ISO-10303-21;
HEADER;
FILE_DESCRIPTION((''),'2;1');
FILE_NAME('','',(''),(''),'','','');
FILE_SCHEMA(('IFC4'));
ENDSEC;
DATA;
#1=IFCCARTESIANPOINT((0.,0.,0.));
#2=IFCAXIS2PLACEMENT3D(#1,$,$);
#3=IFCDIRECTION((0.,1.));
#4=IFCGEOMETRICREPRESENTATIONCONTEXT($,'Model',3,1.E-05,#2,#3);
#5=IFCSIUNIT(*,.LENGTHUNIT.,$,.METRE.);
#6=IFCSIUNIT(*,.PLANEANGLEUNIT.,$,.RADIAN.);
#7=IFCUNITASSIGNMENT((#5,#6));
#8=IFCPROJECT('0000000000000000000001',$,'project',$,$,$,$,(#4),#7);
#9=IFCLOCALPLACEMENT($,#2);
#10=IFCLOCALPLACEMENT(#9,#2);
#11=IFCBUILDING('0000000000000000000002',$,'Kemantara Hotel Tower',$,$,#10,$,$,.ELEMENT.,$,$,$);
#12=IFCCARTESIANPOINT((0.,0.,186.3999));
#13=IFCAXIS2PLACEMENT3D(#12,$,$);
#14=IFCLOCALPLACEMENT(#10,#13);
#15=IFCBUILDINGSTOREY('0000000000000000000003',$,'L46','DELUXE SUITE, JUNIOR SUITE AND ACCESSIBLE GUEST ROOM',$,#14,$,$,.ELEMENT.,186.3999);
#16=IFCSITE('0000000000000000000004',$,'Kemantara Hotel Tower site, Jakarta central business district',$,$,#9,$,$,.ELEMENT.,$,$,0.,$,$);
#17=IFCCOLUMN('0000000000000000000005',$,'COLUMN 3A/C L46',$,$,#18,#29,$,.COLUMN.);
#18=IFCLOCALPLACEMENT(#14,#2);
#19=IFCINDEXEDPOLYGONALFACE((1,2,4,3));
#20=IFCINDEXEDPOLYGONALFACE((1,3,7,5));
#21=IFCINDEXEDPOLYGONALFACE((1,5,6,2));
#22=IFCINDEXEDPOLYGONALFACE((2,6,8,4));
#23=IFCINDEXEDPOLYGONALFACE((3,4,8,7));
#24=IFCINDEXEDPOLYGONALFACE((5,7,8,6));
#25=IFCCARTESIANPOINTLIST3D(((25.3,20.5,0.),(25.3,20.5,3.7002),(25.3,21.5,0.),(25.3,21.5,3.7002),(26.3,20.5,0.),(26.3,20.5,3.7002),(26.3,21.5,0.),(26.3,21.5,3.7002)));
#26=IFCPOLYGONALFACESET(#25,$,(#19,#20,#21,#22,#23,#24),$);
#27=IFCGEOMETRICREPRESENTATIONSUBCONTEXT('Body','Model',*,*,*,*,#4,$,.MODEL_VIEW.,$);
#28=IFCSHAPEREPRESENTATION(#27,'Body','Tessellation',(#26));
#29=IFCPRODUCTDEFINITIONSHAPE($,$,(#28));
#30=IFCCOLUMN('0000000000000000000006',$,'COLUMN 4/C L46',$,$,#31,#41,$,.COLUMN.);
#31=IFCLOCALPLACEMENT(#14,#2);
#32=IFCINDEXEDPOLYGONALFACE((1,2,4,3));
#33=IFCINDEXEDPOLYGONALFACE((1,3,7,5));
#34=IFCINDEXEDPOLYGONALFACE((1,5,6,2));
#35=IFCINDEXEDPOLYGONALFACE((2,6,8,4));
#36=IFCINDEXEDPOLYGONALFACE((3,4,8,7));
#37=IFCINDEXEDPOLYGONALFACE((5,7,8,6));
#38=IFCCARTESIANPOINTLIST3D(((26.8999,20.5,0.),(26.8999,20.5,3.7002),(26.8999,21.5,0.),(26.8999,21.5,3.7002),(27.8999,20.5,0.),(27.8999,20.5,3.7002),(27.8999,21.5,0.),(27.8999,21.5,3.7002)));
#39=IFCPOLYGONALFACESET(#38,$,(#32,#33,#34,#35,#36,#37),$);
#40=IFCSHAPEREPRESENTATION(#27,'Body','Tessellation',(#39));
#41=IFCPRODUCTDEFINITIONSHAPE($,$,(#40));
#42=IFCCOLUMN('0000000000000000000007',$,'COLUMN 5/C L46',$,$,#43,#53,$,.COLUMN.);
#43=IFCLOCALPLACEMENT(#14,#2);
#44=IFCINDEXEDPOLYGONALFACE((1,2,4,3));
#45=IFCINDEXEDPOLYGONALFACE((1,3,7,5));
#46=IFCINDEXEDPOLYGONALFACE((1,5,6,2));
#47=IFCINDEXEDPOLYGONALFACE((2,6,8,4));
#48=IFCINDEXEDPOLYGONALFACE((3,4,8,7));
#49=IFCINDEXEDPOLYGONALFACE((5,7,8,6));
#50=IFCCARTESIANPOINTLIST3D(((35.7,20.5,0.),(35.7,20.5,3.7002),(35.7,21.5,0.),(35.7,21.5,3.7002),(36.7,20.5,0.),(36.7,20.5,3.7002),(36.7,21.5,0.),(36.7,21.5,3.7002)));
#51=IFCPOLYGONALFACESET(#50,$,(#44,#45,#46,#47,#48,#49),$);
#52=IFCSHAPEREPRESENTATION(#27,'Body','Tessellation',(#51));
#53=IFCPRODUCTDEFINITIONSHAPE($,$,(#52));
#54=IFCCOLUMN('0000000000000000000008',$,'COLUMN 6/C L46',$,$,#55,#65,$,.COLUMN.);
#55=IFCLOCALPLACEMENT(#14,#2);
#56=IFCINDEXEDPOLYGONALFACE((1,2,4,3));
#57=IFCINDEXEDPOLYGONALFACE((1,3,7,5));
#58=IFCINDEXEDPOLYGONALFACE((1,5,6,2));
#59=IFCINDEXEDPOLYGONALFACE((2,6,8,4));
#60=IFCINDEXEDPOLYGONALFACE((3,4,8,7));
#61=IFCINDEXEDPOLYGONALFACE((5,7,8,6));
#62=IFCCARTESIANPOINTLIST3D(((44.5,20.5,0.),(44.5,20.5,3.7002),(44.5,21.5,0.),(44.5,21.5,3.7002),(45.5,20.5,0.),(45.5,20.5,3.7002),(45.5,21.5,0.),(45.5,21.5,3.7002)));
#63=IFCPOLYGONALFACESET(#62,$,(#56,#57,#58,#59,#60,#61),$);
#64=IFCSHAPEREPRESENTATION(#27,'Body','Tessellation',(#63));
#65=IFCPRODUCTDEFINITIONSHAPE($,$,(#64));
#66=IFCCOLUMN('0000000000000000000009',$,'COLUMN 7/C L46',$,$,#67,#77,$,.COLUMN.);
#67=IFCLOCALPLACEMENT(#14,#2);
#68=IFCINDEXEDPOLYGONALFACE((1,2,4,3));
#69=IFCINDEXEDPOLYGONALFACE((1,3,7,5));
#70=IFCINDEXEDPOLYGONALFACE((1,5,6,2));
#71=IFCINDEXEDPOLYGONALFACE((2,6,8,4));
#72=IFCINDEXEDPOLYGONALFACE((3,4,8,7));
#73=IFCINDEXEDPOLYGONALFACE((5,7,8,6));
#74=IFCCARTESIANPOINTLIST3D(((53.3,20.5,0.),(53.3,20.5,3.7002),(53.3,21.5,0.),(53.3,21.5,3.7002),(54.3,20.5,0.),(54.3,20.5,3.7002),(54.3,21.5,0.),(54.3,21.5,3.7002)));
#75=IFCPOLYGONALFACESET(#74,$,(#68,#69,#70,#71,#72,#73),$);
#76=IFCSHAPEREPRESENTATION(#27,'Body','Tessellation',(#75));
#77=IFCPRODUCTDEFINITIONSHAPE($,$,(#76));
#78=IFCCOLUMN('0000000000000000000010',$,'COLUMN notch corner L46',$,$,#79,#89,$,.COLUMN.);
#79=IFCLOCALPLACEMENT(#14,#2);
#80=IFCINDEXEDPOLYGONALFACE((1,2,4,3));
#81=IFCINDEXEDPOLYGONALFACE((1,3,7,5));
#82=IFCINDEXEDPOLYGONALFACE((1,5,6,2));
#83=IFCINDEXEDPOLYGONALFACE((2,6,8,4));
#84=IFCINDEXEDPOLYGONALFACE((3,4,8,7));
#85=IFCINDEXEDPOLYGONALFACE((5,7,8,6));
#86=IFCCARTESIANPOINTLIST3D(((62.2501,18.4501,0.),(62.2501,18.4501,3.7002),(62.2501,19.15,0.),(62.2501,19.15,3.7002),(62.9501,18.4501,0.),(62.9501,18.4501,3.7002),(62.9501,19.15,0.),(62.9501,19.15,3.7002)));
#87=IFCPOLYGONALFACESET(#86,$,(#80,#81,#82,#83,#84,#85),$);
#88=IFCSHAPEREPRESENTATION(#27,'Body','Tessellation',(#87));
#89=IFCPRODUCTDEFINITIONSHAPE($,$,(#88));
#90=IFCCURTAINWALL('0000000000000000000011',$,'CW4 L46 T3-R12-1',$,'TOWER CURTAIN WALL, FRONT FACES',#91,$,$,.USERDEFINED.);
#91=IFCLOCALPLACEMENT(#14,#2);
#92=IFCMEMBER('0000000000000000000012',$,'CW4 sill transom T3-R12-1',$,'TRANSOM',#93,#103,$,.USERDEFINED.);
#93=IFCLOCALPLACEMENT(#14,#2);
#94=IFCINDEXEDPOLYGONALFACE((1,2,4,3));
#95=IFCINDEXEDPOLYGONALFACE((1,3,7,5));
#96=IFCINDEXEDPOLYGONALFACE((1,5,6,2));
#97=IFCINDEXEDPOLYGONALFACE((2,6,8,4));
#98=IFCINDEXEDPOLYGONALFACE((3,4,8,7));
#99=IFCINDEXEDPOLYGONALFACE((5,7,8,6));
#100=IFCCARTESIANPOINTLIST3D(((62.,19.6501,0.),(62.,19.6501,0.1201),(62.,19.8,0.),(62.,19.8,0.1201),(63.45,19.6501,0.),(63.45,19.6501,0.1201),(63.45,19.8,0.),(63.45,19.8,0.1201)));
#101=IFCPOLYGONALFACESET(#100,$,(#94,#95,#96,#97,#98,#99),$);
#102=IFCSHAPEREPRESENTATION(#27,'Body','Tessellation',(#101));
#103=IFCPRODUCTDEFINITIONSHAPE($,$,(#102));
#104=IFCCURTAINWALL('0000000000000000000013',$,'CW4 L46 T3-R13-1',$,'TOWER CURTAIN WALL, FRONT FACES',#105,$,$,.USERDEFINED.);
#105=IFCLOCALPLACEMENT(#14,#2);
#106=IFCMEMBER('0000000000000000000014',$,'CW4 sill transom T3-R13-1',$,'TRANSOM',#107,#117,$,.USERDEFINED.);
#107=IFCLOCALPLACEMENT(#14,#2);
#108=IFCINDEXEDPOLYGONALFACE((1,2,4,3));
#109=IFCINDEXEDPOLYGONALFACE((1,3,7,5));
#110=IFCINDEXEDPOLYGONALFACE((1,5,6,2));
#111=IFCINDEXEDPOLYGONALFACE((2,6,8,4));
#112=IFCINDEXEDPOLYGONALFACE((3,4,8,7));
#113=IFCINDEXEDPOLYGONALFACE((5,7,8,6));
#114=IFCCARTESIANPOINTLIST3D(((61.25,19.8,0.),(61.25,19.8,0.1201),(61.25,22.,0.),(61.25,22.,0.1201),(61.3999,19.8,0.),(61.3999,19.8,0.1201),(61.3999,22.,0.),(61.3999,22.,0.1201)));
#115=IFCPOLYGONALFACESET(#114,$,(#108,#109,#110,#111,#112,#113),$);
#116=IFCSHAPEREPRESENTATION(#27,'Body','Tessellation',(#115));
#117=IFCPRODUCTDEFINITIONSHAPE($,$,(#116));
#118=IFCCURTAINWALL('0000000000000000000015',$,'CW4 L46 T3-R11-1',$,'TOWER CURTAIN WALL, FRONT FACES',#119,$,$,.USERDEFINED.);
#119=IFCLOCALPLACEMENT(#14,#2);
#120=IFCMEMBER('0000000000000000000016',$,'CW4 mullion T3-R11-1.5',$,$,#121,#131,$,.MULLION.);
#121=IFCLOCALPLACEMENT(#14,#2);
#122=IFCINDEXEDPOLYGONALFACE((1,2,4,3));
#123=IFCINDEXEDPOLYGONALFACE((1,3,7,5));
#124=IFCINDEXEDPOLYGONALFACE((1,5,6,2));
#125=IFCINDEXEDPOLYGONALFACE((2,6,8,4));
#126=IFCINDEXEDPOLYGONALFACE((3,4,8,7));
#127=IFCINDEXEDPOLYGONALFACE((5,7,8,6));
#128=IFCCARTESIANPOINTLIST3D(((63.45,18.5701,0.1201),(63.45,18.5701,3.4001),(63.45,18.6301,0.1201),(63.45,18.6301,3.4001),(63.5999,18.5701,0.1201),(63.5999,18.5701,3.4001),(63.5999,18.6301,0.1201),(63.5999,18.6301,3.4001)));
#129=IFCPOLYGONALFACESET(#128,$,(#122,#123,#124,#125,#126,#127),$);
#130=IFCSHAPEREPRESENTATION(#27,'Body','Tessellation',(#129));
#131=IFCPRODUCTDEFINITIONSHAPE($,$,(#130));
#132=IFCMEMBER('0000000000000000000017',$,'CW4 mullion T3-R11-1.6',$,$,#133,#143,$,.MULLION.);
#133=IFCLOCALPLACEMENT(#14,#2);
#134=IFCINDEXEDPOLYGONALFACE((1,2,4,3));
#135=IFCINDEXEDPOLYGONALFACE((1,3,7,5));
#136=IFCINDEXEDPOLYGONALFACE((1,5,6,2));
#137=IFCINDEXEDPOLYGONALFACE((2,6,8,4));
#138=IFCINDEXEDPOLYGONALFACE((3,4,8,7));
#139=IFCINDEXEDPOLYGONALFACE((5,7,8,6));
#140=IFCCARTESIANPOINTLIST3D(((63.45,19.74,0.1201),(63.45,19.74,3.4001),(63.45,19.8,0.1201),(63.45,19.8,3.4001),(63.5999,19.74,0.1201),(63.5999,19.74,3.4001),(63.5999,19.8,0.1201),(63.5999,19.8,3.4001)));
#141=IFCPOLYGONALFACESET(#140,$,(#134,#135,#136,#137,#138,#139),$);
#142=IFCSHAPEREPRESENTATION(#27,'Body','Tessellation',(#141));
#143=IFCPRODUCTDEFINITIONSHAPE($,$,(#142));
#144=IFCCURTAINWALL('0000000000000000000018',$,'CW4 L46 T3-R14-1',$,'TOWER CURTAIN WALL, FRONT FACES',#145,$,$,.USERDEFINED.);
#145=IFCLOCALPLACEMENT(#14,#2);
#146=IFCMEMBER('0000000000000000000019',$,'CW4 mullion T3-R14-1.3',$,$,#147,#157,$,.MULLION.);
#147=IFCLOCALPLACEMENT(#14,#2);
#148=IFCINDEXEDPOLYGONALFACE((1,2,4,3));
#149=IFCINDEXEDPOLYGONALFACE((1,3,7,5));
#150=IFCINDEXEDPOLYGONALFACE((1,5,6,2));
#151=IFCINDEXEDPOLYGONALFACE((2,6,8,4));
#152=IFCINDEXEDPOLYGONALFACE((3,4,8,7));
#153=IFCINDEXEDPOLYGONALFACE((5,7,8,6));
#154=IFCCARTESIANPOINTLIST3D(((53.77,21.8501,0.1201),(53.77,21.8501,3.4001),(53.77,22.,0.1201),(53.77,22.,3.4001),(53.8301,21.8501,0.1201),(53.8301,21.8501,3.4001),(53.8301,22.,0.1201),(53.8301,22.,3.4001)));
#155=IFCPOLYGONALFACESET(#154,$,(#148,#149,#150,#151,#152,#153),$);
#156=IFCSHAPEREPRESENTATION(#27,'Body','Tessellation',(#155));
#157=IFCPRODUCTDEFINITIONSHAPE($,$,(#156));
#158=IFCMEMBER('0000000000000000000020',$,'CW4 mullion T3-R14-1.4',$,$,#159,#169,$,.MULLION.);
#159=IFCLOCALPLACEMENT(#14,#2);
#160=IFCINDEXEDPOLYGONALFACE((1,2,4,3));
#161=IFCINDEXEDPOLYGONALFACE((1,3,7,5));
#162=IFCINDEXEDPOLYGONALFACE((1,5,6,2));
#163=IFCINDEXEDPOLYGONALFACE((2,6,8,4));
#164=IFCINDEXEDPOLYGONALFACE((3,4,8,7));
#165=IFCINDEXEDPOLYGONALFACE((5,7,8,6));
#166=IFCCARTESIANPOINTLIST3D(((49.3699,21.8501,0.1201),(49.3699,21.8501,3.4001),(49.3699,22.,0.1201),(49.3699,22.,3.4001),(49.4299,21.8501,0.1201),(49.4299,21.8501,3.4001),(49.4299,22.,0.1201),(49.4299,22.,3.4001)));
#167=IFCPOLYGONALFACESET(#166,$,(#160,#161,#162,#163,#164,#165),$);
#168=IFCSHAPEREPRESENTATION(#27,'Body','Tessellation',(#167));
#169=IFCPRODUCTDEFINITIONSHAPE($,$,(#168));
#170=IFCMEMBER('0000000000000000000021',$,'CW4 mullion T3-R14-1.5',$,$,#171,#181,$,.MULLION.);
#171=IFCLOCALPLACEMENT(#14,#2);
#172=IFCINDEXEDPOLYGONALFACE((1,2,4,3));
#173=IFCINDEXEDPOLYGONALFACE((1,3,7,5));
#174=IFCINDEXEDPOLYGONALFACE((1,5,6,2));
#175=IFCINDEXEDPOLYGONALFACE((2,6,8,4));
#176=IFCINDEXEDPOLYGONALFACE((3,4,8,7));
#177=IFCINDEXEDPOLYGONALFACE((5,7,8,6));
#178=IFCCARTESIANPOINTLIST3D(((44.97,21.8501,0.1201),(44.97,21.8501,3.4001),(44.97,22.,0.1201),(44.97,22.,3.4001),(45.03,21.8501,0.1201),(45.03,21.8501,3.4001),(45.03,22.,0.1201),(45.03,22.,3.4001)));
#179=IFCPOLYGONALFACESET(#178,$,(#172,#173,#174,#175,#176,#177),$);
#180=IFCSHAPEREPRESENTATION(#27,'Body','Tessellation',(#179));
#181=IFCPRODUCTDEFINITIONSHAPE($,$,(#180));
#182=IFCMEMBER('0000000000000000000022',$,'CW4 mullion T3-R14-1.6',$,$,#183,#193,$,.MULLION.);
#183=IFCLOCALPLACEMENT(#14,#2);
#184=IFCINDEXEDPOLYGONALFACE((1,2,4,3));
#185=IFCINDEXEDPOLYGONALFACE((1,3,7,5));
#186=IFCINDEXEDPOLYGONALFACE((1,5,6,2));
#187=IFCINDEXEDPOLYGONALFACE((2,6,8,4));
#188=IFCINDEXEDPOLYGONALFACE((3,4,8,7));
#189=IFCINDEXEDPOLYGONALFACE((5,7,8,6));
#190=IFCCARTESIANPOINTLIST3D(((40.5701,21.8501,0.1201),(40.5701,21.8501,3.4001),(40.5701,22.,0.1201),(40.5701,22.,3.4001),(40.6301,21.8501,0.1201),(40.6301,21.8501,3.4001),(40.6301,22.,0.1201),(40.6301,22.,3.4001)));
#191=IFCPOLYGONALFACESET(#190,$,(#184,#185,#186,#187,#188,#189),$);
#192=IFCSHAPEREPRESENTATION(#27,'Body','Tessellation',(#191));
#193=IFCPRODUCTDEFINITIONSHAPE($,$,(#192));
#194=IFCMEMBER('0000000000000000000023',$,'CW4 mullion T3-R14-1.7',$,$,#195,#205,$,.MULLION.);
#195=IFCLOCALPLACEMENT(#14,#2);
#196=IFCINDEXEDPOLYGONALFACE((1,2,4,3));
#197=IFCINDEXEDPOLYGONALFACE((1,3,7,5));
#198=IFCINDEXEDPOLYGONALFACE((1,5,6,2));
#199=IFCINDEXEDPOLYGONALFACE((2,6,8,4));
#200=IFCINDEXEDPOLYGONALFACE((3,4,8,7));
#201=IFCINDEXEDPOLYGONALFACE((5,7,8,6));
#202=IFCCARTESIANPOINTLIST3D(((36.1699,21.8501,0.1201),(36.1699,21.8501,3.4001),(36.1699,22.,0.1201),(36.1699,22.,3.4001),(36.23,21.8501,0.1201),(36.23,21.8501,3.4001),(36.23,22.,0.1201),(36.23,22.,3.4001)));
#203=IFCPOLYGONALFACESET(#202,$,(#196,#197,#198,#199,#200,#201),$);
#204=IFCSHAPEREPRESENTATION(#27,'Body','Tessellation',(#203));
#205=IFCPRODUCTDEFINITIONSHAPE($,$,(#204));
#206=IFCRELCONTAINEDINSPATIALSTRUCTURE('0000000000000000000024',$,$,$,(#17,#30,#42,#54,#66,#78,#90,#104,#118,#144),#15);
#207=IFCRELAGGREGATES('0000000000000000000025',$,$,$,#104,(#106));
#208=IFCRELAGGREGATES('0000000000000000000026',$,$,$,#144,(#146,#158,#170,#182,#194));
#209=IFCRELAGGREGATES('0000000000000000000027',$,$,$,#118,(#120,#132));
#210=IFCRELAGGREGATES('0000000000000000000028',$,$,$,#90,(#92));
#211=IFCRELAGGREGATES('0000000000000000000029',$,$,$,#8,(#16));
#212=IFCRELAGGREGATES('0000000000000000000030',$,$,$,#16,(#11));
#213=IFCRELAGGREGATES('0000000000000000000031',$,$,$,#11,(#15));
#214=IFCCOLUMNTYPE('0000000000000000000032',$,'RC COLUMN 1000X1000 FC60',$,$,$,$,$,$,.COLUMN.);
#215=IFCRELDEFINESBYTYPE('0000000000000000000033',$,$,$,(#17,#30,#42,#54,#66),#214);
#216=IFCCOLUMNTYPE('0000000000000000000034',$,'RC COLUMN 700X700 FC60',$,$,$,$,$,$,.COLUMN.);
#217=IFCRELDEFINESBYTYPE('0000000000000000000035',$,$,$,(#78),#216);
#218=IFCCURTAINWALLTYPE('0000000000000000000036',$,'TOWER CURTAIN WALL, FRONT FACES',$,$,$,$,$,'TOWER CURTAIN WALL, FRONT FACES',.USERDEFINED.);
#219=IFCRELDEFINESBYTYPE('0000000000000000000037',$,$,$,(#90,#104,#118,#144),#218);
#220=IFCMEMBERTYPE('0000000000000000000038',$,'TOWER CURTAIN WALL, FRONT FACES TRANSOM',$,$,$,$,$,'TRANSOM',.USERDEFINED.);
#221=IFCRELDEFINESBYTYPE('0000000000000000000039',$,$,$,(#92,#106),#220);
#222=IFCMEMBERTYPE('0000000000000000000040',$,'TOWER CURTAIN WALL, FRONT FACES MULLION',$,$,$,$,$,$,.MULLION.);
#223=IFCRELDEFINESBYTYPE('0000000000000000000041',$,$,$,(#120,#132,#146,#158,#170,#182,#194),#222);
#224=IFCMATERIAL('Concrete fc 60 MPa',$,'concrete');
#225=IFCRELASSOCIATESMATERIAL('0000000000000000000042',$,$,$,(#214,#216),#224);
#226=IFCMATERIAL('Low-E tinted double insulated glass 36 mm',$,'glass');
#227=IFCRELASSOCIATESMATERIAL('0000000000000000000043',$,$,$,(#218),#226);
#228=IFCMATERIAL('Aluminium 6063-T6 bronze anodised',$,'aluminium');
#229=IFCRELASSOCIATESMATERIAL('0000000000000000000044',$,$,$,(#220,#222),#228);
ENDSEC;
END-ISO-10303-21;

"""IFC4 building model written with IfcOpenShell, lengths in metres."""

from ifc_helpers import new_model, si_unit, direction, frame, origin, origin_2d, place, context, subcontext, project, spatial, rectangle, extrude, source, transform, mapped, material, material_profile, profile_set, type_object, element, aggregate, save


model = new_model("IFC4")

# Units and contexts
model_context = context("Model", 3, precision=1e-05, world=origin(), true_north=direction((0.0, 1.0)))
body_context = subcontext(model_context, "Body", "Model", "MODEL_VIEW")
ifc_project = project(units=[si_unit("LENGTHUNIT", "METRE"), si_unit("PLANEANGLEUNIT", "RADIAN")], contexts=[model_context])

# Site, building, storey
site_placement = place(None, origin())
site = spatial("IfcSite", under=ifc_project, at=site_placement, Name="Kemantara Hotel Tower site, Jakarta central business district", CompositionType="ELEMENT", RefElevation=0.0)
building_placement = place(site_placement, origin())
building = spatial("IfcBuilding", under=site, at=building_placement, Name="Kemantara Hotel Tower", CompositionType="ELEMENT")
storey_placement = place(building_placement, frame((0.0, 0.0, 186.3999)))
storey = spatial("IfcBuildingStorey", under=building, at=storey_placement, Name="L46", Description="DELUXE SUITE, JUNIOR SUITE AND ACCESSIBLE GUEST ROOM", CompositionType="ELEMENT", Elevation=186.3999)

# Columns
ifc_material_1 = material(Name="Concrete fc 60 MPa", Category="concrete")
ifc_material_profile_1 = material_profile(ifc_material_1, rectangle(XDim=1.0, YDim=1.0, at=origin_2d()), Name="RC 1000X1000")
ifc_profile_set_1 = profile_set([ifc_material_profile_1], Name="Concrete fc 60 MPa")
column_type_1 = type_object("IfcColumnType", Name="RC COLUMN 1000X1000 FC60", PredefinedType="COLUMN", material=ifc_profile_set_1)
for number, where, z_axis, x_axis, name in (
    (1, (25.8, 21.0, 0.0), (0.0, 0.0, 1.0), (1.0, 0.0, 0.0), "COLUMN 3A/C L46"),
    (2, (27.3999, 21.0, 0.0), (0.0, 0.0, 1.0), (1.0, 0.0, 0.0), "COLUMN 4/C L46"),
    (3, (36.2, 21.0, 0.0), (0.0, 0.0, 1.0), (1.0, 0.0, 0.0), "COLUMN 5/C L46"),
    (4, (45.0, 21.0, 0.0), (0.0, 0.0, 1.0), (1.0, 0.0, 0.0), "COLUMN 6/C L46"),
    (5, (53.8, 21.0, 0.0), (0.0, 0.0, 1.0), (1.0, 0.0, 0.0), "COLUMN 7/C L46"),
):
    element("IfcColumn", number, at=place(storey_placement, frame(where, z_axis=z_axis, x_axis=x_axis)), inside=storey, type_object=column_type_1, Name=name, PredefinedType="COLUMN", context=body_context, shape_type="SweptSolid", body=[
        extrude(rectangle(XDim=1.0, YDim=1.0, at=origin_2d()), origin(), (0.0, 0.0, 1.0), 3.7002),
    ])
ifc_material_profile_2 = material_profile(ifc_material_1, rectangle(XDim=0.7, YDim=0.7, at=origin_2d()), Name="RC 700X700")
ifc_profile_set_2 = profile_set([ifc_material_profile_2], Name="Concrete fc 60 MPa")
column_type_2 = type_object("IfcColumnType", Name="RC COLUMN 700X700 FC60", PredefinedType="COLUMN", material=ifc_profile_set_2)
column_placement = place(storey_placement, frame((62.6001, 18.8, 0.0), z_axis=(0.0, 0.0, 1.0), x_axis=(1.0, 0.0, 0.0)))
element("IfcColumn", 6, at=column_placement, inside=storey, type_object=column_type_2, Name="COLUMN notch corner L46", PredefinedType="COLUMN", context=body_context, shape_type="SweptSolid", body=[
    extrude(rectangle(XDim=0.7, YDim=0.7, at=origin_2d()), origin(), (0.0, 0.0, 1.0), 3.7002),
])

# Curtain walls, members
ifc_material_2 = material(Name="Low-E tinted double insulated glass 36 mm", Category="glass")
curtain_wall_type = type_object("IfcCurtainWallType", Name="TOWER CURTAIN WALL, FRONT FACES", ElementType="TOWER CURTAIN WALL, FRONT FACES", PredefinedType="USERDEFINED", material=ifc_material_2)
curtain_wall_1_placement = place(storey_placement, origin())
curtain_wall_1 = element("IfcCurtainWall", 7, at=curtain_wall_1_placement, inside=storey, type_object=curtain_wall_type, Name="CW4 L46 T3-R12-1", ObjectType="TOWER CURTAIN WALL, FRONT FACES", PredefinedType="USERDEFINED")
ifc_material_3 = material(Name="Aluminium 6063-T6 bronze anodised", Category="aluminium")
ifc_material_profile_3 = material_profile(ifc_material_3, rectangle(XDim=0.1499, YDim=0.1201, at=origin_2d()), Name="TOWER CURTAIN WALL, FRONT FACES TRANSOM")
ifc_profile_set_3 = profile_set([ifc_material_profile_3], Name="Aluminium 6063-T6 bronze anodised")
member_type_1 = type_object("IfcMemberType", Name="TOWER CURTAIN WALL, FRONT FACES TRANSOM", ElementType="TRANSOM", PredefinedType="USERDEFINED", material=ifc_profile_set_3)
member_1_placement = place(storey_placement, frame((63.45, 19.7251, 0.0601), z_axis=(-1.0, 0.0, 0.0), x_axis=(0.0, -1.0, 0.0)))
member_1 = element("IfcMember", 8, at=member_1_placement, type_object=member_type_1, Name="CW4 sill transom T3-R12-1", ObjectType="TRANSOM", PredefinedType="USERDEFINED", context=body_context, shape_type="SweptSolid", body=[
    extrude(rectangle(XDim=0.1499, YDim=0.1201, at=origin_2d()), origin(), (0.0, 0.0, 1.0), 1.45),
])
curtain_wall_2_placement = place(storey_placement, origin())
curtain_wall_2 = element("IfcCurtainWall", 9, at=curtain_wall_2_placement, inside=storey, type_object=curtain_wall_type, Name="CW4 L46 T3-R13-1", ObjectType="TOWER CURTAIN WALL, FRONT FACES", PredefinedType="USERDEFINED")
member_2_placement = place(storey_placement, frame((61.325, 19.8, 0.0601), z_axis=(0.0, 1.0, 0.0), x_axis=(-1.0, 0.0, 0.0)))
member_2 = element("IfcMember", 10, at=member_2_placement, type_object=member_type_1, Name="CW4 sill transom T3-R13-1", ObjectType="TRANSOM", PredefinedType="USERDEFINED", context=body_context, shape_type="SweptSolid", body=[
    extrude(rectangle(XDim=0.1499, YDim=0.1201, at=origin_2d()), origin(), (0.0, 0.0, 1.0), 2.2),
])

# Curtain walls, members
curtain_wall_3_placement = place(storey_placement, origin())
curtain_wall_3 = element("IfcCurtainWall", 11, at=curtain_wall_3_placement, inside=storey, type_object=curtain_wall_type, Name="CW4 L46 T3-R11-1", ObjectType="TOWER CURTAIN WALL, FRONT FACES", PredefinedType="USERDEFINED")
ifc_material_profile_4 = material_profile(ifc_material_3, rectangle(XDim=0.1499, YDim=0.0601, at=origin_2d()), Name="TOWER CURTAIN WALL, FRONT FACES MULLION")
ifc_profile_set_4 = profile_set([ifc_material_profile_4], Name="Aluminium 6063-T6 bronze anodised")
member_type_2 = type_object("IfcMemberType", Name="TOWER CURTAIN WALL, FRONT FACES MULLION", PredefinedType="MULLION", material=ifc_profile_set_4)
shared_shape_1 = source(origin(), body_context, "Body", "SweptSolid", [
    extrude(rectangle(XDim=0.1499, YDim=0.0601, at=origin_2d()), origin(), (0.0, 0.0, 1.0), 3.28),
])
member_3_placement = place(storey_placement, frame((63.5249, 18.6001, 0.1201), z_axis=(0.0, 0.0, 1.0), x_axis=(-1.0, 0.0, 0.0)))
member_3 = element("IfcMember", 12, at=member_3_placement, type_object=member_type_2, Name="CW4 mullion T3-R11-1.5", PredefinedType="MULLION", context=body_context, shape_type="MappedRepresentation", body=[
    mapped(shared_shape_1, transform((0.0, 0.0, 0.0))),
])
member_4_placement = place(storey_placement, frame((63.5249, 19.77, 0.1201), z_axis=(0.0, 0.0, 1.0), x_axis=(-1.0, 0.0, 0.0)))
member_4 = element("IfcMember", 13, at=member_4_placement, type_object=member_type_2, Name="CW4 mullion T3-R11-1.6", PredefinedType="MULLION", context=body_context, shape_type="MappedRepresentation", body=[
    mapped(shared_shape_1, transform((0.0, 0.0, 0.0))),
])
curtain_wall_4_placement = place(storey_placement, origin())
curtain_wall_4 = element("IfcCurtainWall", 14, at=curtain_wall_4_placement, inside=storey, type_object=curtain_wall_type, Name="CW4 L46 T3-R14-1", ObjectType="TOWER CURTAIN WALL, FRONT FACES", PredefinedType="USERDEFINED")
member_5_placement = place(storey_placement, frame((53.8, 21.925, 0.1201), z_axis=(0.0, 0.0, 1.0), x_axis=(0.0, -1.0, 0.0)))
member_5 = element("IfcMember", 15, at=member_5_placement, type_object=member_type_2, Name="CW4 mullion T3-R14-1.3", PredefinedType="MULLION", context=body_context, shape_type="MappedRepresentation", body=[
    mapped(shared_shape_1, transform((0.0, 0.0, 0.0))),
])
member_6_placement = place(storey_placement, frame((49.3999, 21.925, 0.1201), z_axis=(0.0, 0.0, 1.0), x_axis=(0.0, -1.0, 0.0)))
member_6 = element("IfcMember", 16, at=member_6_placement, type_object=member_type_2, Name="CW4 mullion T3-R14-1.4", PredefinedType="MULLION", context=body_context, shape_type="MappedRepresentation", body=[
    mapped(shared_shape_1, transform((0.0, 0.0, 0.0))),
])
member_7_placement = place(storey_placement, frame((45.0, 21.925, 0.1201), z_axis=(0.0, 0.0, 1.0), x_axis=(0.0, -1.0, 0.0)))
member_7 = element("IfcMember", 17, at=member_7_placement, type_object=member_type_2, Name="CW4 mullion T3-R14-1.5", PredefinedType="MULLION", context=body_context, shape_type="MappedRepresentation", body=[
    mapped(shared_shape_1, transform((0.0, 0.0, 0.0))),
])
member_8_placement = place(storey_placement, frame((40.6001, 21.925, 0.1201), z_axis=(0.0, 0.0, 1.0), x_axis=(0.0, -1.0, 0.0)))
member_8 = element("IfcMember", 18, at=member_8_placement, type_object=member_type_2, Name="CW4 mullion T3-R14-1.6", PredefinedType="MULLION", context=body_context, shape_type="MappedRepresentation", body=[
    mapped(shared_shape_1, transform((0.0, 0.0, 0.0))),
])
member_9_placement = place(storey_placement, frame((36.2, 21.925, 0.1201), z_axis=(0.0, 0.0, 1.0), x_axis=(0.0, -1.0, 0.0)))
member_9 = element("IfcMember", 19, at=member_9_placement, type_object=member_type_2, Name="CW4 mullion T3-R14-1.7", PredefinedType="MULLION", context=body_context, shape_type="MappedRepresentation", body=[
    mapped(shared_shape_1, transform((0.0, 0.0, 0.0))),
])

aggregate(curtain_wall_2, [member_2])
aggregate(curtain_wall_4, [member_5, member_6, member_7, member_8, member_9])
aggregate(curtain_wall_3, [member_3, member_4])
aggregate(curtain_wall_1, [member_1])

save(model, "model.ifc")
